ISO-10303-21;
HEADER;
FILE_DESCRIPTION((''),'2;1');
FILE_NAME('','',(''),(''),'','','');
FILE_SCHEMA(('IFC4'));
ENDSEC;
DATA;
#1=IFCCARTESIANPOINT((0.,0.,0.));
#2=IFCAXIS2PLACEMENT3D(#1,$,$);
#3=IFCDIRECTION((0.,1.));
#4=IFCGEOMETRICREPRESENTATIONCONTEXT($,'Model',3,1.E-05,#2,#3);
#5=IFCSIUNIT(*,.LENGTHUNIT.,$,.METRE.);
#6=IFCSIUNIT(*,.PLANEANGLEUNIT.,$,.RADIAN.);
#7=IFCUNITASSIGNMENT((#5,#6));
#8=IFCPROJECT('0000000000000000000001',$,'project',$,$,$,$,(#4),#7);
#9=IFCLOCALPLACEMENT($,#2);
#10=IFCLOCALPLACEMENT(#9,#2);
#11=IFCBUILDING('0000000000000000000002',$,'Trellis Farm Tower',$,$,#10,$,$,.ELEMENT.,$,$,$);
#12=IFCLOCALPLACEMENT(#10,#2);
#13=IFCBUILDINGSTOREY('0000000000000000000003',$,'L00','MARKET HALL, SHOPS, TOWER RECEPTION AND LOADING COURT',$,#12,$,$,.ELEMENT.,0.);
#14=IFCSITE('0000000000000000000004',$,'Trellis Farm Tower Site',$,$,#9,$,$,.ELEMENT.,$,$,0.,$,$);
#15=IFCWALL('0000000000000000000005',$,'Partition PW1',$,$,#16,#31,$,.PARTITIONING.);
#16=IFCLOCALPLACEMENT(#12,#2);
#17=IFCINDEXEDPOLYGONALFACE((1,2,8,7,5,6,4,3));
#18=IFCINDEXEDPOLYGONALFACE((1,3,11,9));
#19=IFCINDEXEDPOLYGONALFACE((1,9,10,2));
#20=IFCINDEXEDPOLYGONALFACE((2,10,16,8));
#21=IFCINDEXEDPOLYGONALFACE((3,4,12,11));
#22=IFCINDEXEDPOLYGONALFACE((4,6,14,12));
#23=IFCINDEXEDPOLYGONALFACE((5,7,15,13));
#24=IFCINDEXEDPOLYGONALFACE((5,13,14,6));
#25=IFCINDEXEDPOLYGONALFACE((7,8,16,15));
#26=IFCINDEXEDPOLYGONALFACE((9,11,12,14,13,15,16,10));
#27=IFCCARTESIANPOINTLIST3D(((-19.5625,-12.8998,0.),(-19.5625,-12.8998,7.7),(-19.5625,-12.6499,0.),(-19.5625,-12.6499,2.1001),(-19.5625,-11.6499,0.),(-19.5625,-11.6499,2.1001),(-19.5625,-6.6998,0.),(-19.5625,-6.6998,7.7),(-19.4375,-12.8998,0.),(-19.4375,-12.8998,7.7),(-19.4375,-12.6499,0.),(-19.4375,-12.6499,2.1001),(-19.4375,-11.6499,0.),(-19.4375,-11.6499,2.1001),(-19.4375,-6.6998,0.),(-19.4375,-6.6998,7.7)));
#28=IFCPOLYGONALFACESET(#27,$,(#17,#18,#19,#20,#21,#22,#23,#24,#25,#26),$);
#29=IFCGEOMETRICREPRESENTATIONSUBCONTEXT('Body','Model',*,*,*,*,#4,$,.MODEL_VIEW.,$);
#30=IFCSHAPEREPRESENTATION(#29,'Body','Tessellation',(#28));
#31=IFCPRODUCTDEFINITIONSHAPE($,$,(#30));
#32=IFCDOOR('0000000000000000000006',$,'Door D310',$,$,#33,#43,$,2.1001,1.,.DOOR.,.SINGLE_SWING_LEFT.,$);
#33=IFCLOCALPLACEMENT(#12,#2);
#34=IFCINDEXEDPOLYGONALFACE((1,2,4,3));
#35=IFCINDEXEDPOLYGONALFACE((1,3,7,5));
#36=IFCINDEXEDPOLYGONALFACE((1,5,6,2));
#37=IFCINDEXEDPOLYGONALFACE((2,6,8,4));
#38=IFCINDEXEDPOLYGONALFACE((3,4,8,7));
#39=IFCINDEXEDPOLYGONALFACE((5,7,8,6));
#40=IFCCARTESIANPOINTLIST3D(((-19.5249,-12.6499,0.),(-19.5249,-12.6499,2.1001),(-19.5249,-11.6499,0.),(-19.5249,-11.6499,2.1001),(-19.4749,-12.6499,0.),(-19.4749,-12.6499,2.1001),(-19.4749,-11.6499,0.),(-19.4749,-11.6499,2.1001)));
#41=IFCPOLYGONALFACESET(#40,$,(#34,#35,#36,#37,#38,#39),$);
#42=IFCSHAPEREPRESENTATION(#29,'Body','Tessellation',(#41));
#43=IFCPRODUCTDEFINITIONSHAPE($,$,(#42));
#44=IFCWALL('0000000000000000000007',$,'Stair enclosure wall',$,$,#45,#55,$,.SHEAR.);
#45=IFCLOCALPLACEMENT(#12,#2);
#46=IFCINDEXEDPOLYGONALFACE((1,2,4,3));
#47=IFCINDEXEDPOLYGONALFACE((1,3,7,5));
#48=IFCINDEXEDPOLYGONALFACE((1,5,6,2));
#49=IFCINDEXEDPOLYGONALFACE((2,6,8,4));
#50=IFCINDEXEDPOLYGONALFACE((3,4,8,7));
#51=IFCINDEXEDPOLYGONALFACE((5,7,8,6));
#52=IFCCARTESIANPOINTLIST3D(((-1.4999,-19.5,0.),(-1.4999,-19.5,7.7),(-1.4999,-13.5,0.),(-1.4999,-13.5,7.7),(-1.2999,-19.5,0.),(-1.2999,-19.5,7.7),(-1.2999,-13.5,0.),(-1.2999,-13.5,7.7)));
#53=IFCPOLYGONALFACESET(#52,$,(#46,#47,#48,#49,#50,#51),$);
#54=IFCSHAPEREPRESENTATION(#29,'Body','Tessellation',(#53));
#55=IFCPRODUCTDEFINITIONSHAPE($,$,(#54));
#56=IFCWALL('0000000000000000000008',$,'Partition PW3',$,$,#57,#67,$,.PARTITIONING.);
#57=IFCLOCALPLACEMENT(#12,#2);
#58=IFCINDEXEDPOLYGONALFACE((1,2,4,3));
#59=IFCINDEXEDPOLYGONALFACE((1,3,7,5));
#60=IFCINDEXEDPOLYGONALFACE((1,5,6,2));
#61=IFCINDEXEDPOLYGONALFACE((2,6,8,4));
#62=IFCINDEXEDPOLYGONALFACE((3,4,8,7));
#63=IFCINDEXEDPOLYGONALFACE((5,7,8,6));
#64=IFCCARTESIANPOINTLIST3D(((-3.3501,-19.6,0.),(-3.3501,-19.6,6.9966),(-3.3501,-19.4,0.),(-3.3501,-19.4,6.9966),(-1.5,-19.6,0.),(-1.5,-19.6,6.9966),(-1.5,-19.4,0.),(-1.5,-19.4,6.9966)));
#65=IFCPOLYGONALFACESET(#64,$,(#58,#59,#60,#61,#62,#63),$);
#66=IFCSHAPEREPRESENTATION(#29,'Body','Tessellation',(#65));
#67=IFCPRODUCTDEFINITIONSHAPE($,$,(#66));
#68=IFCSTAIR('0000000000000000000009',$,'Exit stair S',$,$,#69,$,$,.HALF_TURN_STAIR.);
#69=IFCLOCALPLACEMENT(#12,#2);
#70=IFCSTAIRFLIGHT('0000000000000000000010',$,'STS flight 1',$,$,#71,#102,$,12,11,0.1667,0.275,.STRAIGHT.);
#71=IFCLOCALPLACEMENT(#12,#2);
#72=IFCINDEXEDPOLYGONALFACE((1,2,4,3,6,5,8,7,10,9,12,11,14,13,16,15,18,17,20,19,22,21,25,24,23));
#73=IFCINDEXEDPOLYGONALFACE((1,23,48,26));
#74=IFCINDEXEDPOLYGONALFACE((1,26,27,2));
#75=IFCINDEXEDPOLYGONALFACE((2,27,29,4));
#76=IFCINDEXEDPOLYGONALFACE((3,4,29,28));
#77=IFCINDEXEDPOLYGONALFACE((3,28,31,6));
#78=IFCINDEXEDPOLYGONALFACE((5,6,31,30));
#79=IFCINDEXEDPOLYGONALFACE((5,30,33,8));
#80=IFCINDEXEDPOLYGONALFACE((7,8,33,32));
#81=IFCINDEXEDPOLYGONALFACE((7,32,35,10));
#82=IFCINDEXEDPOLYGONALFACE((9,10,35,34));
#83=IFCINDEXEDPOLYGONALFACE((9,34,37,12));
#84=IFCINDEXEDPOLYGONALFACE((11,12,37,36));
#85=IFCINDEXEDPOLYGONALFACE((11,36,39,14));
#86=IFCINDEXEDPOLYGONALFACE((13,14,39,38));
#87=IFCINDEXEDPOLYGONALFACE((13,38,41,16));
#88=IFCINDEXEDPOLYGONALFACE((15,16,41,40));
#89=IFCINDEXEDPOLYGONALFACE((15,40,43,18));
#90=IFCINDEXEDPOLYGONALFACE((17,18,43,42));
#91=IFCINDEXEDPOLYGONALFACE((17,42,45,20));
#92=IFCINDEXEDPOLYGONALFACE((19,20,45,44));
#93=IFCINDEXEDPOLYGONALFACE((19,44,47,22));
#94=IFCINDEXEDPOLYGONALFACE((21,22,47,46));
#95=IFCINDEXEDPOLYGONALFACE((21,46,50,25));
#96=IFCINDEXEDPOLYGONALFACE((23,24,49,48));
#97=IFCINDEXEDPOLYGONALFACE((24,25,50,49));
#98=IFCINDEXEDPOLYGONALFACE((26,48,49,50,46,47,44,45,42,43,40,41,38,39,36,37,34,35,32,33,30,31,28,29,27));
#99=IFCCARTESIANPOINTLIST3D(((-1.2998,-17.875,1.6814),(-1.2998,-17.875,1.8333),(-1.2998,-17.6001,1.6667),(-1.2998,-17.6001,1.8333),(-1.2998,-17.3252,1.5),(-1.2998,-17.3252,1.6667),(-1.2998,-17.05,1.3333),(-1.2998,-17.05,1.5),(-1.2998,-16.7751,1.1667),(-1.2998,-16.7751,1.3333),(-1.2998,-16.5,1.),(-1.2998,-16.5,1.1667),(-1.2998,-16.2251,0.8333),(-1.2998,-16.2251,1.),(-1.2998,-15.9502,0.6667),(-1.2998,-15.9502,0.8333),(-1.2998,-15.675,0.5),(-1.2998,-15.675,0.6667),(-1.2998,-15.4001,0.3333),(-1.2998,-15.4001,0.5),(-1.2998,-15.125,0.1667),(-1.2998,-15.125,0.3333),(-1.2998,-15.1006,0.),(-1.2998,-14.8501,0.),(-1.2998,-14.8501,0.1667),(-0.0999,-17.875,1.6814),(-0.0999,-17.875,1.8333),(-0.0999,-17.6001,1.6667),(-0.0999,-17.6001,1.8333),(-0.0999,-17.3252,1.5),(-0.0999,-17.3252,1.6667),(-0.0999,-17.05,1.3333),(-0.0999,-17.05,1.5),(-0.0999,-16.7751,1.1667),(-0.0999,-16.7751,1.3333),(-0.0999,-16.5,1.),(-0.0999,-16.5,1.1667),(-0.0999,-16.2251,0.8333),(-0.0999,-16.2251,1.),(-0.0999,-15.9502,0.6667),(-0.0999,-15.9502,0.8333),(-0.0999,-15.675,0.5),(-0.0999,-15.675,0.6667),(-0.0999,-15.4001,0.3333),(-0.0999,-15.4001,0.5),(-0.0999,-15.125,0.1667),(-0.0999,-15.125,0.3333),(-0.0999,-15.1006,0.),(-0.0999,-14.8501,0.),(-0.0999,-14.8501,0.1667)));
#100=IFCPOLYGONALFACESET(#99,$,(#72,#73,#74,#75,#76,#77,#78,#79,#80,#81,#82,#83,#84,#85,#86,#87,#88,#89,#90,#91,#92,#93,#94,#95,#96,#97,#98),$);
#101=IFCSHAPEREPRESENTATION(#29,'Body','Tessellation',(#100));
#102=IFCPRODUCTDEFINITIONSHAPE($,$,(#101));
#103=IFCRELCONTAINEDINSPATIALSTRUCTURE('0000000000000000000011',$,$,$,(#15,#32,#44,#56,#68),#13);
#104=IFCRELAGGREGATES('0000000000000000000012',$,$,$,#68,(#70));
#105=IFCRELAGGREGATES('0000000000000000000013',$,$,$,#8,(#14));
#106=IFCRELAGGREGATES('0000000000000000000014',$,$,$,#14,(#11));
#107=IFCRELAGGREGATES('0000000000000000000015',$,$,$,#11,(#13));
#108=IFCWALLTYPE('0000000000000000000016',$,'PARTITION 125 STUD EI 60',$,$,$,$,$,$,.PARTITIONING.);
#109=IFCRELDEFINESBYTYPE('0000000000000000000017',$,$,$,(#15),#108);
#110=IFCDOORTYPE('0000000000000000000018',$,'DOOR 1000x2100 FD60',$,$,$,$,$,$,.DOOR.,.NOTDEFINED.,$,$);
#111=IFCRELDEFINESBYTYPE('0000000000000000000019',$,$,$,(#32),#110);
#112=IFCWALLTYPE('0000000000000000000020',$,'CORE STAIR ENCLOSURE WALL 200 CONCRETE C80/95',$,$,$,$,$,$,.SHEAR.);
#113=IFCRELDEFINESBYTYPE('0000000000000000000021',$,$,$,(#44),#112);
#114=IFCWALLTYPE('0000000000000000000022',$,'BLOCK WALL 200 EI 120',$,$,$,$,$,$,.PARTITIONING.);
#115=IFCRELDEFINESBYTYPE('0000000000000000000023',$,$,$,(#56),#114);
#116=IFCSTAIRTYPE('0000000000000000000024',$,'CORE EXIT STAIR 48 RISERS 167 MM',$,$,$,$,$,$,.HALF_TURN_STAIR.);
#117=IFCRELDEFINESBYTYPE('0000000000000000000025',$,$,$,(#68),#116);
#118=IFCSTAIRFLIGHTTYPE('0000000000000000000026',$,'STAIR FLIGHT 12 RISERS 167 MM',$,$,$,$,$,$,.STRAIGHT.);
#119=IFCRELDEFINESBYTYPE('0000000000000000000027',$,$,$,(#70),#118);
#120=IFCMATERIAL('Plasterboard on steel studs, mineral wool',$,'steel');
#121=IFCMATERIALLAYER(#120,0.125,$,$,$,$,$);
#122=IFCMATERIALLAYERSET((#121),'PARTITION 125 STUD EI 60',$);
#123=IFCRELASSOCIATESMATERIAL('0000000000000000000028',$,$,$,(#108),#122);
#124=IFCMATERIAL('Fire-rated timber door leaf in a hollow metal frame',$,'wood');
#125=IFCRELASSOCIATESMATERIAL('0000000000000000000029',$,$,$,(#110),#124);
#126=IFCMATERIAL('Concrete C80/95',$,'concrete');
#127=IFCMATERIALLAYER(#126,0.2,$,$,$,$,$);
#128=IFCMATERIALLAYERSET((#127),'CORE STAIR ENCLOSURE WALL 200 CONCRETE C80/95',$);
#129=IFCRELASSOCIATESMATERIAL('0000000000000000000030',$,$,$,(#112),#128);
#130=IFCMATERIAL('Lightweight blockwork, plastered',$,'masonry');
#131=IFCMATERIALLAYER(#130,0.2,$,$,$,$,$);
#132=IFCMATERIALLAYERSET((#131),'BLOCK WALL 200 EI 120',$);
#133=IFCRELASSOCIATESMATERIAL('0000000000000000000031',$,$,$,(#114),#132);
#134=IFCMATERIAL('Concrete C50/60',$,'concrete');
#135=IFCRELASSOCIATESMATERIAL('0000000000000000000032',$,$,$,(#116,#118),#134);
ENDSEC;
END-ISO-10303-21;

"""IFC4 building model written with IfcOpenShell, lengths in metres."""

from ifc_helpers import new_model, si_unit, direction, frame, frame_2d, origin, place, context, subcontext, project, spatial, polyline, rectangle, outline, extrude, source, transform, mapped, material, layer, layer_set, type_object, element, fill, aggregate, save


model = new_model("IFC4")

# Units and contexts
model_context = context("Model", 3, precision=1e-05, world=origin(), true_north=direction((0.0, 1.0)))
body_context = subcontext(model_context, "Body", "Model", "MODEL_VIEW")
ifc_project = project(units=[si_unit("LENGTHUNIT", "METRE"), si_unit("PLANEANGLEUNIT", "RADIAN")], contexts=[model_context])

# Site, building, storey
site_placement = place(None, origin())
site = spatial("IfcSite", under=ifc_project, at=site_placement, Name="Trellis Farm Tower Site", CompositionType="ELEMENT", RefElevation=0.0)
building_placement = place(site_placement, origin())
building = spatial("IfcBuilding", under=site, at=building_placement, Name="Trellis Farm Tower", CompositionType="ELEMENT")
storey_placement = place(building_placement, origin())
storey = spatial("IfcBuildingStorey", under=building, at=storey_placement, Name="L00", Description="MARKET HALL, SHOPS, TOWER RECEPTION AND LOADING COURT", CompositionType="ELEMENT", Elevation=0.0)

# Shared definitions
ifc_material_1 = material(Name="Concrete C80/95", Category="concrete")

# Wall, opening, door
ifc_material_2 = material(Name="Plasterboard on steel studs, mineral wool", Category="steel")
ifc_layer_1 = layer(ifc_material_2, 0.125)
ifc_layer_set_1 = layer_set([ifc_layer_1], Name="PARTITION 125 STUD EI 60")
wall_type_1 = type_object("IfcWallType", Name="PARTITION 125 STUD EI 60", PredefinedType="PARTITIONING", material=ifc_layer_set_1)
wall_1_placement = place(storey_placement, frame((-19.5, -12.8999, 0.0), z_axis=(0.0, 0.0, 1.0), x_axis=(0.0, 1.0, 0.0)))
wall_1 = element("IfcWall", 1, at=wall_1_placement, inside=storey, type_object=wall_type_1, Name="Partition PW1", PredefinedType="PARTITIONING", context=body_context, shape_type="SweptSolid", body=[
    extrude(rectangle(XDim=6.2, YDim=0.125, at=frame_2d((3.1001, 0.0))), origin(), (0.0, 0.0, 1.0), 7.7),
])
shared_shape_1 = source(origin(), body_context, "Body", "SweptSolid", [
    extrude(rectangle(XDim=1.0, YDim=2.1001, at=frame_2d((0.5, 1.05))), frame((0.0, 0.0725, 0.0), z_axis=(0.0, -1.0, 0.0), x_axis=(1.0, 0.0, 0.0)), (0.0, 0.0, 1.0), 0.145),
])
opening_placement = place(wall_1_placement, frame((0.25, 0.0, 0.0)))
opening = element("IfcOpeningElement", 2, at=opening_placement, cuts=wall_1, PredefinedType="OPENING", context=body_context, shape_type="MappedRepresentation", body=[
    mapped(shared_shape_1, transform((0.0, 0.0, 0.0))),
])
ifc_material_3 = material(Name="Fire-rated timber door leaf in a hollow metal frame", Category="wood")
door_type = type_object("IfcDoorType", Name="DOOR 1000x2100 FD60", OperationType="NOTDEFINED", PredefinedType="DOOR", material=ifc_material_3)
shared_shape_2 = source(origin(), body_context, "Body", "SweptSolid", [
    extrude(rectangle(XDim=1.0, YDim=2.1001, at=frame_2d((0.5, 1.05))), frame((0.0, 0.0249, 0.0), z_axis=(0.0, -1.0, 0.0), x_axis=(1.0, 0.0, 0.0)), (0.0, 0.0, 1.0), 0.05),
])
door_placement = place(opening_placement, origin())
door = element("IfcDoor", 3, at=door_placement, inside=storey, type_object=door_type, Name="Door D310", OperationType="SINGLE_SWING_LEFT", OverallHeight=2.1001, OverallWidth=1.0, PredefinedType="DOOR", context=body_context, shape_type="MappedRepresentation", body=[
    mapped(shared_shape_2, transform((0.0, 0.0, 0.0))),
])
fill(opening, door)

# Walls
ifc_layer_2 = layer(ifc_material_1, 0.2)
ifc_layer_set_2 = layer_set([ifc_layer_2], Name="CORE STAIR ENCLOSURE WALL 200 CONCRETE C80/95")
wall_type_2 = type_object("IfcWallType", Name="CORE STAIR ENCLOSURE WALL 200 CONCRETE C80/95", PredefinedType="SHEAR", material=ifc_layer_set_2)
shared_shape_3 = source(origin(), body_context, "Body", "SweptSolid", [
    extrude(rectangle(XDim=6.0, YDim=0.2, at=frame_2d((3.0, 0.0))), origin(), (0.0, 0.0, 1.0), 7.7),
])
wall_2_placement = place(storey_placement, frame((-1.3999, -13.5, 0.0), z_axis=(0.0, 0.0, 1.0), x_axis=(0.0, -1.0, 0.0)))
element("IfcWall", 4, at=wall_2_placement, inside=storey, type_object=wall_type_2, Name="Stair enclosure wall", PredefinedType="SHEAR", context=body_context, shape_type="MappedRepresentation", body=[
    mapped(shared_shape_3, transform((0.0, 0.0, 0.0))),
])
ifc_material_4 = material(Name="Lightweight blockwork, plastered", Category="masonry")
ifc_layer_3 = layer(ifc_material_4, 0.2)
ifc_layer_set_3 = layer_set([ifc_layer_3], Name="BLOCK WALL 200 EI 120")
wall_type_3 = type_object("IfcWallType", Name="BLOCK WALL 200 EI 120", PredefinedType="PARTITIONING", material=ifc_layer_set_3)
shared_shape_4 = source(origin(), body_context, "Body", "SweptSolid", [
    extrude(rectangle(XDim=1.8501, YDim=0.2, at=frame_2d((0.925, 0.0))), origin(), (0.0, 0.0, 1.0), 6.9966),
])
wall_3_placement = place(storey_placement, frame((-3.3501, -19.5, 0.0), z_axis=(0.0, 0.0, 1.0), x_axis=(1.0, 0.0, 0.0)))
element("IfcWall", 5, at=wall_3_placement, inside=storey, type_object=wall_type_3, Name="Partition PW3", PredefinedType="PARTITIONING", context=body_context, shape_type="MappedRepresentation", body=[
    mapped(shared_shape_4, transform((0.0, 0.0, 0.0))),
])

# Stair, stair flight
ifc_material_5 = material(Name="Concrete C50/60", Category="concrete")
stair_type = type_object("IfcStairType", Name="CORE EXIT STAIR 48 RISERS 167 MM", PredefinedType="HALF_TURN_STAIR", material=ifc_material_5)
stair_placement = place(storey_placement, origin())
stair = element("IfcStair", 6, at=stair_placement, inside=storey, type_object=stair_type, Name="Exit stair S", PredefinedType="HALF_TURN_STAIR")
stair_flight_type = type_object("IfcStairFlightType", Name="STAIR FLIGHT 12 RISERS 167 MM", PredefinedType="STRAIGHT", material=ifc_material_5)
shared_shape_5 = source(origin(), body_context, "Body", "SweptSolid", [
    extrude(outline(polyline([(0.0, 0.0), (0.0, 0.1667), (0.2749, 0.1667), (0.2749, 0.3333), (0.55, 0.3333), (0.55, 0.5), (0.825, 0.5), (0.825, 0.6667), (1.1001, 0.6667), (1.1001, 0.8333), (1.375, 0.8333), (1.375, 1.0), (1.6499, 1.0), (1.6499, 1.1667), (1.925, 1.1667), (1.925, 1.3333), (2.2, 1.3333), (2.2, 1.5), (2.4751, 1.5), (2.4751, 1.6667), (2.75, 1.6667), (2.75, 1.8333), (3.0249, 1.8333), (3.0249, 2.0), (3.0249, 1.6814), (0.2505, 0.0), (0.0, 0.0)])), frame((0.0, 0.6001, 0.0), z_axis=(0.0, -1.0, 0.0), x_axis=(1.0, 0.0, 0.0)), (0.0, 0.0, 1.0), 1.2),
])
stair_flight_placement = place(storey_placement, frame((-0.7, -14.8501, 0.0), z_axis=(0.0, 0.0, 1.0), x_axis=(0.0, -1.0, 0.0)))
stair_flight = element("IfcStairFlight", 7, at=stair_flight_placement, type_object=stair_flight_type, Name="STS flight 1", NumberOfRisers=12, NumberOfTreads=11, PredefinedType="STRAIGHT", RiserHeight=0.1667, TreadLength=0.275, context=body_context, shape_type="MappedRepresentation", body=[
    mapped(shared_shape_5, transform((0.0, 0.0, 0.0))),
])
aggregate(stair, [stair_flight])

save(model, "model.ifc")
